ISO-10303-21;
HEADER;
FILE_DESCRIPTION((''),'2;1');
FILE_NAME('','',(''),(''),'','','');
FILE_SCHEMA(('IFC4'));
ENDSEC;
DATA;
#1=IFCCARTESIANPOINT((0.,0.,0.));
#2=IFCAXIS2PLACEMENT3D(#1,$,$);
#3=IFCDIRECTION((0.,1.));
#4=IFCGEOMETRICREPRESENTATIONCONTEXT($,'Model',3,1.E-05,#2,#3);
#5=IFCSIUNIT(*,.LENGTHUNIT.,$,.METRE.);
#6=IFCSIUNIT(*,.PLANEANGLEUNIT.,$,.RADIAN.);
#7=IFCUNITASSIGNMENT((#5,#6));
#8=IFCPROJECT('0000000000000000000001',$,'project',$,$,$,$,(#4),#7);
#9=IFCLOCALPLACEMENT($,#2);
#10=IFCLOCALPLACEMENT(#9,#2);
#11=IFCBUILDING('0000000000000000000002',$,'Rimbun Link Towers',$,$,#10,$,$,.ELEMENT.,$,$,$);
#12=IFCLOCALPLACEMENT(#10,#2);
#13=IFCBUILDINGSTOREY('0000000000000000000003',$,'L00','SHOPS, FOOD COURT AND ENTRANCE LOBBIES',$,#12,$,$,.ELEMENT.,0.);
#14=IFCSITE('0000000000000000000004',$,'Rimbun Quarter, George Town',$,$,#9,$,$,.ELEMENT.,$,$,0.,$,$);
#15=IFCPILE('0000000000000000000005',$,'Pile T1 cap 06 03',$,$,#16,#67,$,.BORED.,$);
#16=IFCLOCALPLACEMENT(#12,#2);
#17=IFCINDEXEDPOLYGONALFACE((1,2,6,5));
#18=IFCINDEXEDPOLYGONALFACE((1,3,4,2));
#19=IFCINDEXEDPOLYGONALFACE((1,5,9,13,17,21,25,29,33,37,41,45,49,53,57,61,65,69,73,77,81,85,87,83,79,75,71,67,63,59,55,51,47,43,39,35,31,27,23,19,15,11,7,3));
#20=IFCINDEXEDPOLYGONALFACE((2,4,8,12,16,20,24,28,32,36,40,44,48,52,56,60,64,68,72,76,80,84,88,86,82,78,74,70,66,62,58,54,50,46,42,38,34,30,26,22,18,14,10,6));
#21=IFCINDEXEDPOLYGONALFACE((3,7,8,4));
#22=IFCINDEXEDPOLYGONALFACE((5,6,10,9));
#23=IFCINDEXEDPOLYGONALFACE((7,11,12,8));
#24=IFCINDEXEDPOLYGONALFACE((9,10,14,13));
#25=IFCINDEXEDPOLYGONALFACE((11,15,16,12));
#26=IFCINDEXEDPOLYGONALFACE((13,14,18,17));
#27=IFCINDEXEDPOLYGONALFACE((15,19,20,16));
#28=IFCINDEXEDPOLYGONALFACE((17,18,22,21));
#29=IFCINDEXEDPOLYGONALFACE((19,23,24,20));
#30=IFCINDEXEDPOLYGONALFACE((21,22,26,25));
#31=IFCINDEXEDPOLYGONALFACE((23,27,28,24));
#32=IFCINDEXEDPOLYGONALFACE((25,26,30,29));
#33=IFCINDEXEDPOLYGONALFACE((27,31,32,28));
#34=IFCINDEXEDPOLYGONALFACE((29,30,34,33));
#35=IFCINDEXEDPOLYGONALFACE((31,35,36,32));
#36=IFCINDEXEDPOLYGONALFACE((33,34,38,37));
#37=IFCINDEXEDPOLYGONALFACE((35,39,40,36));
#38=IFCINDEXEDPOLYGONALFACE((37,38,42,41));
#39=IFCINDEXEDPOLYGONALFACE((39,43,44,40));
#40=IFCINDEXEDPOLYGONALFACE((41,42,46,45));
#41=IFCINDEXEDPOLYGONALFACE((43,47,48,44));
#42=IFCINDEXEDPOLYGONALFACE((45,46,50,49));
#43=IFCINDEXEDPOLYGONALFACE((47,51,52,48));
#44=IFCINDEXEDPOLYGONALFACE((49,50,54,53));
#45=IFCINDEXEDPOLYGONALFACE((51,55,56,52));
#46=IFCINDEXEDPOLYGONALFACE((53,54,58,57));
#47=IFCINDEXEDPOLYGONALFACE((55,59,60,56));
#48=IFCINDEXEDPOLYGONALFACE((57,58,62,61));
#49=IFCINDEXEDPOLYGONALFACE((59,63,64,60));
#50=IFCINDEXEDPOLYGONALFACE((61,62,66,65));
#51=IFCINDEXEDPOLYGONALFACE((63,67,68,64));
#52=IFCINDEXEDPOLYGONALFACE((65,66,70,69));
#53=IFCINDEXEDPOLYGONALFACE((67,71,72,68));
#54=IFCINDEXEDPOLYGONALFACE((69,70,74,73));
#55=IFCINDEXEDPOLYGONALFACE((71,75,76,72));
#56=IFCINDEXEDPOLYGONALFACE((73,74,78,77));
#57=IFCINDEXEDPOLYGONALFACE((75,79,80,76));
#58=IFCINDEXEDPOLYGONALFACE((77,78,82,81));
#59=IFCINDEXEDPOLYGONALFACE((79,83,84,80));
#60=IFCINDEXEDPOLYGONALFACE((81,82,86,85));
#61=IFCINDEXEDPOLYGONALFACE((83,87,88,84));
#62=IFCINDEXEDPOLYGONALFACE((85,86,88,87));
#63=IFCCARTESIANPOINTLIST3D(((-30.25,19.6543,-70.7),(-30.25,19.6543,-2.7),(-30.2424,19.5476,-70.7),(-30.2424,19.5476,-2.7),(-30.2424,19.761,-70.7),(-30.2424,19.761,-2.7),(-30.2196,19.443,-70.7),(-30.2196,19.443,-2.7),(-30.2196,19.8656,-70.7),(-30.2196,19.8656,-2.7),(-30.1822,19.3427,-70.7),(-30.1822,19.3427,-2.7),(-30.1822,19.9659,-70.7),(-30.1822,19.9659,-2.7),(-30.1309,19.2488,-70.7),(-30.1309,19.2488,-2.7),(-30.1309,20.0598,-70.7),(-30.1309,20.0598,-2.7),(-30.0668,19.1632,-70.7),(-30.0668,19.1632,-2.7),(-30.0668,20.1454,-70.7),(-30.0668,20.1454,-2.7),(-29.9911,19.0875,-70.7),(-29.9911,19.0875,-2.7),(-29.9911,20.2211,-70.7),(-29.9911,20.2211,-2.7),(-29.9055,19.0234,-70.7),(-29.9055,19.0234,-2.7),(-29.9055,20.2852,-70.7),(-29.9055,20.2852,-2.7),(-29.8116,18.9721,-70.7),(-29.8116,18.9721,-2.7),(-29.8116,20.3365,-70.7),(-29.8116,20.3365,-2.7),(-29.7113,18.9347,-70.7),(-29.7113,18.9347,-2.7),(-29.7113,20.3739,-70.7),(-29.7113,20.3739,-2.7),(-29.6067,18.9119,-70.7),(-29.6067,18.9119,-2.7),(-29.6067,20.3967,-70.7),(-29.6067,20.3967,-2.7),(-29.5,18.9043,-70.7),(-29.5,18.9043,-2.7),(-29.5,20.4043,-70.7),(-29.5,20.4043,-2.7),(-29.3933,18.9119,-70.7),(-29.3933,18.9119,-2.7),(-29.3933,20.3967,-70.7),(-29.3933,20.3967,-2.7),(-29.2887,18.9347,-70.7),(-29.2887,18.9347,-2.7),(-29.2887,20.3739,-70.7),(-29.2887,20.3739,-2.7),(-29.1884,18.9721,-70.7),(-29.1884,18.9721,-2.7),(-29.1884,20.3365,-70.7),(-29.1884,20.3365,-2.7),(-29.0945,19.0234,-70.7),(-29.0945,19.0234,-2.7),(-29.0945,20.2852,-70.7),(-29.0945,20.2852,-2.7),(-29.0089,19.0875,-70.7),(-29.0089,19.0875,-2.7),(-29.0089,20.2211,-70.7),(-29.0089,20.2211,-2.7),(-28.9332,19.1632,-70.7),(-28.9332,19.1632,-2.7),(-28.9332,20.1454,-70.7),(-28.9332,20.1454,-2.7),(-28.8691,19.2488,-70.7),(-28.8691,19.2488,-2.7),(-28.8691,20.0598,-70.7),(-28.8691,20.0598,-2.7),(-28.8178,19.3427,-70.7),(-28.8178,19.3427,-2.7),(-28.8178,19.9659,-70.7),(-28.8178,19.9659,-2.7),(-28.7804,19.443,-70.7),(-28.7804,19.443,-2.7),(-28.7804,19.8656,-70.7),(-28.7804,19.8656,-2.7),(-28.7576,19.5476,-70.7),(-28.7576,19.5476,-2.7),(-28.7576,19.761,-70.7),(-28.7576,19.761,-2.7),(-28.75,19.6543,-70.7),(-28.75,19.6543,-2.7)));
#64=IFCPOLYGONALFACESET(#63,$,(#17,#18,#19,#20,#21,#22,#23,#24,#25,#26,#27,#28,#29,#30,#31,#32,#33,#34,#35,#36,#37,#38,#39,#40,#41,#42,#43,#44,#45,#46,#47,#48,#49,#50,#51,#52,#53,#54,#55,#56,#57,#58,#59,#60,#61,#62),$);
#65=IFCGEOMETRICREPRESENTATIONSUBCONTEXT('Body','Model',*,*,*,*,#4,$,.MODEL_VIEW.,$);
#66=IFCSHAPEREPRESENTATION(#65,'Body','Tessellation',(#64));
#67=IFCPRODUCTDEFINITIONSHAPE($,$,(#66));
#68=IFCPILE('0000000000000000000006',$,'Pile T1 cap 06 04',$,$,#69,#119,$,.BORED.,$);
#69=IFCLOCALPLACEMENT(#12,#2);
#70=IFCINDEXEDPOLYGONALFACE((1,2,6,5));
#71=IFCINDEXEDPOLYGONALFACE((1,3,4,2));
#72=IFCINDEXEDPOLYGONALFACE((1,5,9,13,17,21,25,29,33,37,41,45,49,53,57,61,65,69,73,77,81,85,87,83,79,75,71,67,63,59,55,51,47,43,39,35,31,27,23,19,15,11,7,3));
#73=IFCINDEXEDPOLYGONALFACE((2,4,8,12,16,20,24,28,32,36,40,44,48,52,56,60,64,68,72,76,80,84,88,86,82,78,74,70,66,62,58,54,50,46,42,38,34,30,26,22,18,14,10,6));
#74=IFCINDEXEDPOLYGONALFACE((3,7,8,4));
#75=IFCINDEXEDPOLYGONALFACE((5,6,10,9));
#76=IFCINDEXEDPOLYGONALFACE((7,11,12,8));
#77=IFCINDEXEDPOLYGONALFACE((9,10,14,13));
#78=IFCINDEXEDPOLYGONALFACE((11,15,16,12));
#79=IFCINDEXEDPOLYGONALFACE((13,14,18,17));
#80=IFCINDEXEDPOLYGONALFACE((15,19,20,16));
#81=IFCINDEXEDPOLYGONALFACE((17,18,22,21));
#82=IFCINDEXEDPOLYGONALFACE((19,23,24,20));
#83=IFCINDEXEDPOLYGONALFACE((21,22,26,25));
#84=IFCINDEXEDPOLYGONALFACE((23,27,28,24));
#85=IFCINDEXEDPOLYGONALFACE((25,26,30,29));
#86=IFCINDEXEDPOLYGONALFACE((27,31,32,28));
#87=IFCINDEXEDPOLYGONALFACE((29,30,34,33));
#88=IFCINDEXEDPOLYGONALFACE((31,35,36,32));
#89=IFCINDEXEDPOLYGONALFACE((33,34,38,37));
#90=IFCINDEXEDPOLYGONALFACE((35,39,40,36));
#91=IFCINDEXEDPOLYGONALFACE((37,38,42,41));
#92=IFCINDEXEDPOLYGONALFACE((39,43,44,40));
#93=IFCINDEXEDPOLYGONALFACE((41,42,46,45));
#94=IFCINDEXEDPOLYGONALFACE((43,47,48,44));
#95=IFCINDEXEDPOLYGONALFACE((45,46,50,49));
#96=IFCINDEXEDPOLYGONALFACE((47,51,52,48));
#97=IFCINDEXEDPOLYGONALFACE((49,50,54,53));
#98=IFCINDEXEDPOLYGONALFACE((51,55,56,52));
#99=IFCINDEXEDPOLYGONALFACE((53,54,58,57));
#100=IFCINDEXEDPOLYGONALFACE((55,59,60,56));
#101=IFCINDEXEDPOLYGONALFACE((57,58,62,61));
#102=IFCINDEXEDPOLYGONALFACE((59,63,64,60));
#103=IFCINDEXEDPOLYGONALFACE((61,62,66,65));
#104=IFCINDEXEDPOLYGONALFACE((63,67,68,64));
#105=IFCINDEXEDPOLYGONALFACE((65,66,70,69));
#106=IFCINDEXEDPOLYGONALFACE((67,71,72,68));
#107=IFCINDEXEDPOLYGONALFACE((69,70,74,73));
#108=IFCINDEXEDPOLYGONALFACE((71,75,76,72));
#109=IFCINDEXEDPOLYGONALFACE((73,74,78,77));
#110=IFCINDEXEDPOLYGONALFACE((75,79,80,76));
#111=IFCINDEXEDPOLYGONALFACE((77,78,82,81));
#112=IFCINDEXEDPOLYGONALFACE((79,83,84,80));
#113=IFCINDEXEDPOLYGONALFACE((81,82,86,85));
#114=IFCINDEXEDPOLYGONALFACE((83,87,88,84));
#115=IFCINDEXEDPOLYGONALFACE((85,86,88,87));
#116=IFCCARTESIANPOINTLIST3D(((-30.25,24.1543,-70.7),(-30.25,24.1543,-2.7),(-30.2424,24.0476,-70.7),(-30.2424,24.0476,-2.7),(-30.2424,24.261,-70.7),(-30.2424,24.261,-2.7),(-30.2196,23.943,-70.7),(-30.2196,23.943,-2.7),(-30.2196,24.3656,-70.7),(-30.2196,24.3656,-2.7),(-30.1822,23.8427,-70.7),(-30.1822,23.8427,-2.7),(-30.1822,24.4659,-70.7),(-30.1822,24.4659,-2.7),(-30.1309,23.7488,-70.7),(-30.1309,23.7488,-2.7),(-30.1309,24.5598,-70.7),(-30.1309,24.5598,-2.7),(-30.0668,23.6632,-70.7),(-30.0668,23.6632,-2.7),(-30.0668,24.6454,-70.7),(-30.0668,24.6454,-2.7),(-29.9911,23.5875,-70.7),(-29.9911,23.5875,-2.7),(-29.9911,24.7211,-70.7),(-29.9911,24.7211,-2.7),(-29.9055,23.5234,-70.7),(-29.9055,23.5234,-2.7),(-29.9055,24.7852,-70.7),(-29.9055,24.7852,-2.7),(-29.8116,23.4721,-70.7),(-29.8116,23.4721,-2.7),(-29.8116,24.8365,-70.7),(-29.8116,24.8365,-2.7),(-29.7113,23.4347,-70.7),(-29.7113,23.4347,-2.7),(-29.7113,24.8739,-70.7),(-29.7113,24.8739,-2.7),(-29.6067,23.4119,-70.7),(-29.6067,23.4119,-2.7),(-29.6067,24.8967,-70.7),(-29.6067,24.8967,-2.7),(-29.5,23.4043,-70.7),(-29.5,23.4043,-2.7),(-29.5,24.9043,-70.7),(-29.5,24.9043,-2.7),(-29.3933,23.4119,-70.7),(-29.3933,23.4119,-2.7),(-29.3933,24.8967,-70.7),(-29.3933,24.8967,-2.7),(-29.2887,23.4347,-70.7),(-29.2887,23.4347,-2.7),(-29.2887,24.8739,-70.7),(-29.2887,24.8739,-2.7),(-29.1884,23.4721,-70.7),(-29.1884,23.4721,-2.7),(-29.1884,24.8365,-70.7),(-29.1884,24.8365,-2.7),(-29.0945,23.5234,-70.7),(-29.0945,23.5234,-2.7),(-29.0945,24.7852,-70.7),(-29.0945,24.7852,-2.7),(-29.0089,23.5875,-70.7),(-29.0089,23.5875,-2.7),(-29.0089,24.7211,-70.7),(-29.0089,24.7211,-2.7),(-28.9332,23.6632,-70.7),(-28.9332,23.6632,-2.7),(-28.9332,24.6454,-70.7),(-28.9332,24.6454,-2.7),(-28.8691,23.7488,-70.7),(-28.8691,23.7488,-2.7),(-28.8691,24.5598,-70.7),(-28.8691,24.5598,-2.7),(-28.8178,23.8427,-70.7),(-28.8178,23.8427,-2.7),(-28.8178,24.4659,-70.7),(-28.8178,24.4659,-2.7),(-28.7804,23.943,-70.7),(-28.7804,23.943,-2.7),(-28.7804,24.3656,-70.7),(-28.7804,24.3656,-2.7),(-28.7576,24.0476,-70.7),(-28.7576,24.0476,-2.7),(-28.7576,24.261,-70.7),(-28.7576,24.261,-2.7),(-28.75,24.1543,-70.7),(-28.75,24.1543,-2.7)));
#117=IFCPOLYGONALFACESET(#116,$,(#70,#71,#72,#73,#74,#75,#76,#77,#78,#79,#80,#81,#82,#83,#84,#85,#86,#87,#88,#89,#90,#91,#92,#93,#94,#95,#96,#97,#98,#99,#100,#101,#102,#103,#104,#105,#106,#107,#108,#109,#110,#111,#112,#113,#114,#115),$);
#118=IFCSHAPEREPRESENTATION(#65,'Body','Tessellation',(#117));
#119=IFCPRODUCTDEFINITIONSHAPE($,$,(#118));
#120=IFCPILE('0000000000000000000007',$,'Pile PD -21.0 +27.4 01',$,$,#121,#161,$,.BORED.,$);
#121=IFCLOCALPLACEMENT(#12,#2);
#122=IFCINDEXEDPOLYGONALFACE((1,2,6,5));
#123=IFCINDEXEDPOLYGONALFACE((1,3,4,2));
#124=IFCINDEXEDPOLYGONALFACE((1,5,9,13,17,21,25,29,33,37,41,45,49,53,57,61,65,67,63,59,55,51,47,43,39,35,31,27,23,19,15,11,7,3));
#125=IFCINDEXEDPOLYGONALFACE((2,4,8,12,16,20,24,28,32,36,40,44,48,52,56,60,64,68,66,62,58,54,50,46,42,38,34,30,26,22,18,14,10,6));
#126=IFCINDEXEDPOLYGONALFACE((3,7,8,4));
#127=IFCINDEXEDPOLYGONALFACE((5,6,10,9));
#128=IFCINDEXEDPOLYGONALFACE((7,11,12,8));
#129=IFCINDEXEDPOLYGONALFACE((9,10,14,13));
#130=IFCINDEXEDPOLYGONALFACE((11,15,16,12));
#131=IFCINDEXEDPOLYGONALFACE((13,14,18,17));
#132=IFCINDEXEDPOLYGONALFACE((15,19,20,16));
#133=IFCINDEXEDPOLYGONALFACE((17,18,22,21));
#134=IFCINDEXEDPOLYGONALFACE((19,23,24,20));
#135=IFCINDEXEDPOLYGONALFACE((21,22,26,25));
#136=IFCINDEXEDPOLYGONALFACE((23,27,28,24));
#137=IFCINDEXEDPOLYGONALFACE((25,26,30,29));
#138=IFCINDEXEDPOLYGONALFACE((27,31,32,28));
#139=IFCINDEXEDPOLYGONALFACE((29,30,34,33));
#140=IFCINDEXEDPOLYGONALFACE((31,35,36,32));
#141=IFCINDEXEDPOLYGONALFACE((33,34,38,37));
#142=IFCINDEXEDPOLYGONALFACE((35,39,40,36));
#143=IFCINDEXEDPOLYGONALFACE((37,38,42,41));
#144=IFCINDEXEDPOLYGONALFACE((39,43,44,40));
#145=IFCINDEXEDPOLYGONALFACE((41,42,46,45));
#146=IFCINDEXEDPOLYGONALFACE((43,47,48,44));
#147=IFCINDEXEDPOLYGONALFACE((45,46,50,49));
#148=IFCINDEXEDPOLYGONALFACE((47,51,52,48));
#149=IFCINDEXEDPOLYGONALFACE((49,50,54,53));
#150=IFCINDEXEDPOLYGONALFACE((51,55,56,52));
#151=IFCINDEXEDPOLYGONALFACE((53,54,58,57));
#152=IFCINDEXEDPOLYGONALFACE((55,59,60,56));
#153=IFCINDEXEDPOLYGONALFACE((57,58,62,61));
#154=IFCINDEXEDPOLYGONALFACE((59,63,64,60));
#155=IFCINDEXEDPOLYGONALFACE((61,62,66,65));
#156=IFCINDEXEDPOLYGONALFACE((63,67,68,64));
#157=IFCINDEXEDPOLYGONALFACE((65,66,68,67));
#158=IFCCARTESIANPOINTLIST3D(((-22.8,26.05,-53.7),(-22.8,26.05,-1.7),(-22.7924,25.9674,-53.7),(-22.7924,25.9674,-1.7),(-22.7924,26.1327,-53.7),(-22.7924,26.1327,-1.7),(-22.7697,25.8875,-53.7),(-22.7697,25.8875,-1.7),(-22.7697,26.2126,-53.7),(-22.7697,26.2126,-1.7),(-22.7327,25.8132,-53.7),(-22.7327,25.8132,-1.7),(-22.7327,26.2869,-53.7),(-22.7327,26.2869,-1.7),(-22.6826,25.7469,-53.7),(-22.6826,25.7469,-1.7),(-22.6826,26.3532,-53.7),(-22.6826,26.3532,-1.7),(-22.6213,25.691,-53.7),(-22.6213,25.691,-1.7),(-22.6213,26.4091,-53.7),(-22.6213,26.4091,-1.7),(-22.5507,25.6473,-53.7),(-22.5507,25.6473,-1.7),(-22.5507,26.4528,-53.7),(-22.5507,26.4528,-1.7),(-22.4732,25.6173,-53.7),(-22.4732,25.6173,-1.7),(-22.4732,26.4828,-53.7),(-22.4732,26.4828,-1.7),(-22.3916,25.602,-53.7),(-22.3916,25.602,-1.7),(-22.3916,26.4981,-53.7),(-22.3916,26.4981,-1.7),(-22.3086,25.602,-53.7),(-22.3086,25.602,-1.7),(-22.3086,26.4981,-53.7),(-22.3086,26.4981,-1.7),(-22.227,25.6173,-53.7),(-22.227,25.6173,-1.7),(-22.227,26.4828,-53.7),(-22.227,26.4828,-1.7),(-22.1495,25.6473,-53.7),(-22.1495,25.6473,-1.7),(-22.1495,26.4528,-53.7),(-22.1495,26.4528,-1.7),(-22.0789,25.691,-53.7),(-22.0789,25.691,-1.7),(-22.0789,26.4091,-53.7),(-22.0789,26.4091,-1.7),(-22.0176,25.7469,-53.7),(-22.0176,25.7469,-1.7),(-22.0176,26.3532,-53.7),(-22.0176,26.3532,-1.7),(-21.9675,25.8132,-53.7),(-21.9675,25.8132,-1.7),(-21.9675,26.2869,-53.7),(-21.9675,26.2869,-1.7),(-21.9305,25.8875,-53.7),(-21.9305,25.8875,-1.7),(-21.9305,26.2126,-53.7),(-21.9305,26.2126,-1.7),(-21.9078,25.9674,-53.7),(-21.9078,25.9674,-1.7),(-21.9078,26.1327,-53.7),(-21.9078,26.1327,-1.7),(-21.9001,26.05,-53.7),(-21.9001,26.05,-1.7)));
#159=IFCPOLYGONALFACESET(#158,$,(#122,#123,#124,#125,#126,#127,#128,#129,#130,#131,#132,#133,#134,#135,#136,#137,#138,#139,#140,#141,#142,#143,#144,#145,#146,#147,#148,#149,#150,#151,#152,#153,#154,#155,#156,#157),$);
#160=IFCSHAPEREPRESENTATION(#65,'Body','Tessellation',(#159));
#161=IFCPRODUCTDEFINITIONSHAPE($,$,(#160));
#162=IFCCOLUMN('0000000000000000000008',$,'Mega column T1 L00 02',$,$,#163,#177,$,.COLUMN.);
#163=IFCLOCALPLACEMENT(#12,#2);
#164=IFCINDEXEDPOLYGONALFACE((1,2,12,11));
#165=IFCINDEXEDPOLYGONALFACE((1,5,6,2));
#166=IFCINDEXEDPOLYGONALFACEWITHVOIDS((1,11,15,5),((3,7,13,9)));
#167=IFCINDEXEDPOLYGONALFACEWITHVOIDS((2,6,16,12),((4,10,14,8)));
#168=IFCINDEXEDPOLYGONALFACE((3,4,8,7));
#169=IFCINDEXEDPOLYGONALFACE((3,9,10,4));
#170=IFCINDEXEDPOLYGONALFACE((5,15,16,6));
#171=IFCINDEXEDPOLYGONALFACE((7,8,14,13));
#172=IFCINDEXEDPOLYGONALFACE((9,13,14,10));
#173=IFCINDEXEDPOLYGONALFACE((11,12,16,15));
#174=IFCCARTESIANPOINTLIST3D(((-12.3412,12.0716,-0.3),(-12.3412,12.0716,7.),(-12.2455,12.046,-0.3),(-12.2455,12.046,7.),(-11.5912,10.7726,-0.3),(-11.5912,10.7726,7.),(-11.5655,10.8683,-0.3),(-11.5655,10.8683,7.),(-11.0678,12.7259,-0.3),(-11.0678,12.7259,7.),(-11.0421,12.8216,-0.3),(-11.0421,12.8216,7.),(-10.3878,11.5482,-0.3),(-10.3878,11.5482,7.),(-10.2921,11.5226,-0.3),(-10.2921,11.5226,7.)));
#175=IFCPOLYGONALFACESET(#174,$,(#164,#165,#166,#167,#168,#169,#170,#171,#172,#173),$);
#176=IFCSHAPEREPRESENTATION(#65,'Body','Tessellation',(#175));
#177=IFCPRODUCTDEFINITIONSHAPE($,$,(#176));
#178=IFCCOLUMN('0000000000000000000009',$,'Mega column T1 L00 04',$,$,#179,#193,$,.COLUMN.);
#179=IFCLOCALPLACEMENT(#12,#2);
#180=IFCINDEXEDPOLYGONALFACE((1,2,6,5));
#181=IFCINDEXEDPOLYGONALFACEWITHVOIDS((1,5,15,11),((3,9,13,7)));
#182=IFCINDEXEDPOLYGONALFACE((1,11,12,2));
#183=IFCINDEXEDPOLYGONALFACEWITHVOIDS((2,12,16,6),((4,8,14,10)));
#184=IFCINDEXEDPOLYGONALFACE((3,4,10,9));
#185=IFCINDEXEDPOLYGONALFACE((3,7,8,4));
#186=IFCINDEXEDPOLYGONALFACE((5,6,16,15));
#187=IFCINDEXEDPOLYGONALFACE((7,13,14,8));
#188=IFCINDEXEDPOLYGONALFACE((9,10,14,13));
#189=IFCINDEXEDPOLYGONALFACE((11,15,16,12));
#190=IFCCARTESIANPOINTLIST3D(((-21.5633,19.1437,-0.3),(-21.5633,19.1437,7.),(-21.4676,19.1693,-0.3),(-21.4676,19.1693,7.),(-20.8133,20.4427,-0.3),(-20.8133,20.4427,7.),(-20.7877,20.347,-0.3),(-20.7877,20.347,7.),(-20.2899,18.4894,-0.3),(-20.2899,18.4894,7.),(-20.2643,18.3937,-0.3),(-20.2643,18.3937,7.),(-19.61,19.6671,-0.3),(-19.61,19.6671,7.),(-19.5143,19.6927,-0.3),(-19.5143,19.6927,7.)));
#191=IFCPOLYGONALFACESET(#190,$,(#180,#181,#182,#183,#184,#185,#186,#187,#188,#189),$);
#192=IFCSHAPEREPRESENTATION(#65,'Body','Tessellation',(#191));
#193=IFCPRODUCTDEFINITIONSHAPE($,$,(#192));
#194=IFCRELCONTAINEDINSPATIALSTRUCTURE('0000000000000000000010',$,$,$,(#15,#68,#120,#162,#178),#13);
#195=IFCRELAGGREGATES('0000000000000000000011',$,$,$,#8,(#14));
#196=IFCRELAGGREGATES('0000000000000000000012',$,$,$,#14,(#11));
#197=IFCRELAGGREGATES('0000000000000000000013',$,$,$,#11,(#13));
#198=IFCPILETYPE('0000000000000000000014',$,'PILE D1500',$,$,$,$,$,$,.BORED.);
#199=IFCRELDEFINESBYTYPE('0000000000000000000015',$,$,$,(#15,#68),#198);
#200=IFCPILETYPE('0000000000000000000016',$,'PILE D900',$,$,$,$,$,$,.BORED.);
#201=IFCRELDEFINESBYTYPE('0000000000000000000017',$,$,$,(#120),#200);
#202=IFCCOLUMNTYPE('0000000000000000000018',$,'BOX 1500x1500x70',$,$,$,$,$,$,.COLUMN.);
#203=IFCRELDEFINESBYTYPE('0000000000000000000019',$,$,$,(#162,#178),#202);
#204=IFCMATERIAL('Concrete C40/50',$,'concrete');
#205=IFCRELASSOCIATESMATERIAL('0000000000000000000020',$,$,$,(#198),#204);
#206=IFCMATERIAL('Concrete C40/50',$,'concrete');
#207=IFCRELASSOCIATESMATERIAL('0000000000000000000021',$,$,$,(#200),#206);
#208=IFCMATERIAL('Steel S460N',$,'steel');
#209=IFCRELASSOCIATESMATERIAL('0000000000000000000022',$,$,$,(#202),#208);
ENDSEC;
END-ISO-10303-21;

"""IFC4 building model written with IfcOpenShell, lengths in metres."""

from ifc_helpers import new_model, si_unit, direction, frame, origin, origin_2d, place, context, subcontext, project, spatial, hollow_rectangle, circle, extrude, material, material_profile, profile_set, type_object, element, save


model = new_model("IFC4")

# Units and contexts
model_context = context("Model", 3, precision=1e-05, world=origin(), true_north=direction((0.0, 1.0)))
body_context = subcontext(model_context, "Body", "Model", "MODEL_VIEW")
ifc_project = project(units=[si_unit("LENGTHUNIT", "METRE"), si_unit("PLANEANGLEUNIT", "RADIAN")], contexts=[model_context])

# Site, building, storey
site_placement = place(None, origin())
site = spatial("IfcSite", under=ifc_project, at=site_placement, Name="Rimbun Quarter, George Town", CompositionType="ELEMENT", RefElevation=0.0)
building_placement = place(site_placement, origin())
building = spatial("IfcBuilding", under=site, at=building_placement, Name="Rimbun Link Towers", CompositionType="ELEMENT")
storey_placement = place(building_placement, origin())
storey = spatial("IfcBuildingStorey", under=building, at=storey_placement, Name="L00", Description="SHOPS, FOOD COURT AND ENTRANCE LOBBIES", CompositionType="ELEMENT", Elevation=0.0)

# Piles
ifc_material_1 = material(Name="Concrete C40/50", Category="concrete")
ifc_material_profile_1 = material_profile(ifc_material_1, circle(Radius=0.75, at=origin_2d()), Name="PILE D1500")
ifc_profile_set_1 = profile_set([ifc_material_profile_1], Name="Concrete C40/50")
pile_type_1 = type_object("IfcPileType", Name="PILE D1500", PredefinedType="BORED", material=ifc_profile_set_1)
for number, where, z_axis, x_axis, name in (
    (1, (-29.5, 19.6543, -2.7), (0.0, 0.0, -1.0), (1.0, 0.0, 0.0), "Pile T1 cap 06 03"),
    (2, (-29.5, 24.1543, -2.7), (0.0, 0.0, -1.0), (1.0, 0.0, 0.0), "Pile T1 cap 06 04"),
):
    element("IfcPile", number, at=place(storey_placement, frame(where, z_axis=z_axis, x_axis=x_axis)), inside=storey, type_object=pile_type_1, Name=name, PredefinedType="BORED", context=body_context, shape_type="SweptSolid", body=[
        extrude(circle(Radius=0.75, at=origin_2d()), origin(), (0.0, 0.0, 1.0), 68.0),
    ])
ifc_material_2 = material(Name="Concrete C40/50", Category="concrete")
ifc_material_profile_2 = material_profile(ifc_material_2, circle(Radius=0.45, at=origin_2d()), Name="PILE D900")
ifc_profile_set_2 = profile_set([ifc_material_profile_2], Name="Concrete C40/50")
pile_type_2 = type_object("IfcPileType", Name="PILE D900", PredefinedType="BORED", material=ifc_profile_set_2)
pile_placement = place(storey_placement, frame((-22.3501, 26.05, -1.7), z_axis=(0.0, 0.0, -1.0), x_axis=(1.0, 0.0, 0.0)))
element("IfcPile", 3, at=pile_placement, inside=storey, type_object=pile_type_2, Name="Pile PD -21.0 +27.4 01", PredefinedType="BORED", context=body_context, shape_type="SweptSolid", body=[
    extrude(circle(Radius=0.45, at=origin_2d()), origin(), (0.0, 0.0, 1.0), 52.0),
])

# Columns
ifc_material_3 = material(Name="Steel S460N", Category="steel")
ifc_material_profile_3 = material_profile(ifc_material_3, hollow_rectangle(XDim=1.5, YDim=1.5, WallThickness=0.0701, at=origin_2d()), Name="BOX 1500x1500x70")
ifc_profile_set_3 = profile_set([ifc_material_profile_3], Name="Steel S460N")
column_type = type_object("IfcColumnType", Name="BOX 1500x1500x70", PredefinedType="COLUMN", material=ifc_profile_set_3)
for number, where, z_axis, x_axis, name in (
    (4, (-11.3167, 11.7971, -0.3), (0.0, 0.0, 1.0), (0.866025, 0.5, 0.0), "Mega column T1 L00 02"),
    (5, (-20.5388, 19.4182, -0.3), (0.0, 0.0, 1.0), (0.5, 0.866025, 0.0), "Mega column T1 L00 04"),
):
    element("IfcColumn", number, at=place(storey_placement, frame(where, z_axis=z_axis, x_axis=x_axis)), inside=storey, type_object=column_type, Name=name, PredefinedType="COLUMN", context=body_context, shape_type="SweptSolid", body=[
        extrude(hollow_rectangle(XDim=1.5, YDim=1.5, WallThickness=0.0701, at=origin_2d()), origin(), (0.0, 0.0, 1.0), 7.3),
    ])

save(model, "model.ifc")
